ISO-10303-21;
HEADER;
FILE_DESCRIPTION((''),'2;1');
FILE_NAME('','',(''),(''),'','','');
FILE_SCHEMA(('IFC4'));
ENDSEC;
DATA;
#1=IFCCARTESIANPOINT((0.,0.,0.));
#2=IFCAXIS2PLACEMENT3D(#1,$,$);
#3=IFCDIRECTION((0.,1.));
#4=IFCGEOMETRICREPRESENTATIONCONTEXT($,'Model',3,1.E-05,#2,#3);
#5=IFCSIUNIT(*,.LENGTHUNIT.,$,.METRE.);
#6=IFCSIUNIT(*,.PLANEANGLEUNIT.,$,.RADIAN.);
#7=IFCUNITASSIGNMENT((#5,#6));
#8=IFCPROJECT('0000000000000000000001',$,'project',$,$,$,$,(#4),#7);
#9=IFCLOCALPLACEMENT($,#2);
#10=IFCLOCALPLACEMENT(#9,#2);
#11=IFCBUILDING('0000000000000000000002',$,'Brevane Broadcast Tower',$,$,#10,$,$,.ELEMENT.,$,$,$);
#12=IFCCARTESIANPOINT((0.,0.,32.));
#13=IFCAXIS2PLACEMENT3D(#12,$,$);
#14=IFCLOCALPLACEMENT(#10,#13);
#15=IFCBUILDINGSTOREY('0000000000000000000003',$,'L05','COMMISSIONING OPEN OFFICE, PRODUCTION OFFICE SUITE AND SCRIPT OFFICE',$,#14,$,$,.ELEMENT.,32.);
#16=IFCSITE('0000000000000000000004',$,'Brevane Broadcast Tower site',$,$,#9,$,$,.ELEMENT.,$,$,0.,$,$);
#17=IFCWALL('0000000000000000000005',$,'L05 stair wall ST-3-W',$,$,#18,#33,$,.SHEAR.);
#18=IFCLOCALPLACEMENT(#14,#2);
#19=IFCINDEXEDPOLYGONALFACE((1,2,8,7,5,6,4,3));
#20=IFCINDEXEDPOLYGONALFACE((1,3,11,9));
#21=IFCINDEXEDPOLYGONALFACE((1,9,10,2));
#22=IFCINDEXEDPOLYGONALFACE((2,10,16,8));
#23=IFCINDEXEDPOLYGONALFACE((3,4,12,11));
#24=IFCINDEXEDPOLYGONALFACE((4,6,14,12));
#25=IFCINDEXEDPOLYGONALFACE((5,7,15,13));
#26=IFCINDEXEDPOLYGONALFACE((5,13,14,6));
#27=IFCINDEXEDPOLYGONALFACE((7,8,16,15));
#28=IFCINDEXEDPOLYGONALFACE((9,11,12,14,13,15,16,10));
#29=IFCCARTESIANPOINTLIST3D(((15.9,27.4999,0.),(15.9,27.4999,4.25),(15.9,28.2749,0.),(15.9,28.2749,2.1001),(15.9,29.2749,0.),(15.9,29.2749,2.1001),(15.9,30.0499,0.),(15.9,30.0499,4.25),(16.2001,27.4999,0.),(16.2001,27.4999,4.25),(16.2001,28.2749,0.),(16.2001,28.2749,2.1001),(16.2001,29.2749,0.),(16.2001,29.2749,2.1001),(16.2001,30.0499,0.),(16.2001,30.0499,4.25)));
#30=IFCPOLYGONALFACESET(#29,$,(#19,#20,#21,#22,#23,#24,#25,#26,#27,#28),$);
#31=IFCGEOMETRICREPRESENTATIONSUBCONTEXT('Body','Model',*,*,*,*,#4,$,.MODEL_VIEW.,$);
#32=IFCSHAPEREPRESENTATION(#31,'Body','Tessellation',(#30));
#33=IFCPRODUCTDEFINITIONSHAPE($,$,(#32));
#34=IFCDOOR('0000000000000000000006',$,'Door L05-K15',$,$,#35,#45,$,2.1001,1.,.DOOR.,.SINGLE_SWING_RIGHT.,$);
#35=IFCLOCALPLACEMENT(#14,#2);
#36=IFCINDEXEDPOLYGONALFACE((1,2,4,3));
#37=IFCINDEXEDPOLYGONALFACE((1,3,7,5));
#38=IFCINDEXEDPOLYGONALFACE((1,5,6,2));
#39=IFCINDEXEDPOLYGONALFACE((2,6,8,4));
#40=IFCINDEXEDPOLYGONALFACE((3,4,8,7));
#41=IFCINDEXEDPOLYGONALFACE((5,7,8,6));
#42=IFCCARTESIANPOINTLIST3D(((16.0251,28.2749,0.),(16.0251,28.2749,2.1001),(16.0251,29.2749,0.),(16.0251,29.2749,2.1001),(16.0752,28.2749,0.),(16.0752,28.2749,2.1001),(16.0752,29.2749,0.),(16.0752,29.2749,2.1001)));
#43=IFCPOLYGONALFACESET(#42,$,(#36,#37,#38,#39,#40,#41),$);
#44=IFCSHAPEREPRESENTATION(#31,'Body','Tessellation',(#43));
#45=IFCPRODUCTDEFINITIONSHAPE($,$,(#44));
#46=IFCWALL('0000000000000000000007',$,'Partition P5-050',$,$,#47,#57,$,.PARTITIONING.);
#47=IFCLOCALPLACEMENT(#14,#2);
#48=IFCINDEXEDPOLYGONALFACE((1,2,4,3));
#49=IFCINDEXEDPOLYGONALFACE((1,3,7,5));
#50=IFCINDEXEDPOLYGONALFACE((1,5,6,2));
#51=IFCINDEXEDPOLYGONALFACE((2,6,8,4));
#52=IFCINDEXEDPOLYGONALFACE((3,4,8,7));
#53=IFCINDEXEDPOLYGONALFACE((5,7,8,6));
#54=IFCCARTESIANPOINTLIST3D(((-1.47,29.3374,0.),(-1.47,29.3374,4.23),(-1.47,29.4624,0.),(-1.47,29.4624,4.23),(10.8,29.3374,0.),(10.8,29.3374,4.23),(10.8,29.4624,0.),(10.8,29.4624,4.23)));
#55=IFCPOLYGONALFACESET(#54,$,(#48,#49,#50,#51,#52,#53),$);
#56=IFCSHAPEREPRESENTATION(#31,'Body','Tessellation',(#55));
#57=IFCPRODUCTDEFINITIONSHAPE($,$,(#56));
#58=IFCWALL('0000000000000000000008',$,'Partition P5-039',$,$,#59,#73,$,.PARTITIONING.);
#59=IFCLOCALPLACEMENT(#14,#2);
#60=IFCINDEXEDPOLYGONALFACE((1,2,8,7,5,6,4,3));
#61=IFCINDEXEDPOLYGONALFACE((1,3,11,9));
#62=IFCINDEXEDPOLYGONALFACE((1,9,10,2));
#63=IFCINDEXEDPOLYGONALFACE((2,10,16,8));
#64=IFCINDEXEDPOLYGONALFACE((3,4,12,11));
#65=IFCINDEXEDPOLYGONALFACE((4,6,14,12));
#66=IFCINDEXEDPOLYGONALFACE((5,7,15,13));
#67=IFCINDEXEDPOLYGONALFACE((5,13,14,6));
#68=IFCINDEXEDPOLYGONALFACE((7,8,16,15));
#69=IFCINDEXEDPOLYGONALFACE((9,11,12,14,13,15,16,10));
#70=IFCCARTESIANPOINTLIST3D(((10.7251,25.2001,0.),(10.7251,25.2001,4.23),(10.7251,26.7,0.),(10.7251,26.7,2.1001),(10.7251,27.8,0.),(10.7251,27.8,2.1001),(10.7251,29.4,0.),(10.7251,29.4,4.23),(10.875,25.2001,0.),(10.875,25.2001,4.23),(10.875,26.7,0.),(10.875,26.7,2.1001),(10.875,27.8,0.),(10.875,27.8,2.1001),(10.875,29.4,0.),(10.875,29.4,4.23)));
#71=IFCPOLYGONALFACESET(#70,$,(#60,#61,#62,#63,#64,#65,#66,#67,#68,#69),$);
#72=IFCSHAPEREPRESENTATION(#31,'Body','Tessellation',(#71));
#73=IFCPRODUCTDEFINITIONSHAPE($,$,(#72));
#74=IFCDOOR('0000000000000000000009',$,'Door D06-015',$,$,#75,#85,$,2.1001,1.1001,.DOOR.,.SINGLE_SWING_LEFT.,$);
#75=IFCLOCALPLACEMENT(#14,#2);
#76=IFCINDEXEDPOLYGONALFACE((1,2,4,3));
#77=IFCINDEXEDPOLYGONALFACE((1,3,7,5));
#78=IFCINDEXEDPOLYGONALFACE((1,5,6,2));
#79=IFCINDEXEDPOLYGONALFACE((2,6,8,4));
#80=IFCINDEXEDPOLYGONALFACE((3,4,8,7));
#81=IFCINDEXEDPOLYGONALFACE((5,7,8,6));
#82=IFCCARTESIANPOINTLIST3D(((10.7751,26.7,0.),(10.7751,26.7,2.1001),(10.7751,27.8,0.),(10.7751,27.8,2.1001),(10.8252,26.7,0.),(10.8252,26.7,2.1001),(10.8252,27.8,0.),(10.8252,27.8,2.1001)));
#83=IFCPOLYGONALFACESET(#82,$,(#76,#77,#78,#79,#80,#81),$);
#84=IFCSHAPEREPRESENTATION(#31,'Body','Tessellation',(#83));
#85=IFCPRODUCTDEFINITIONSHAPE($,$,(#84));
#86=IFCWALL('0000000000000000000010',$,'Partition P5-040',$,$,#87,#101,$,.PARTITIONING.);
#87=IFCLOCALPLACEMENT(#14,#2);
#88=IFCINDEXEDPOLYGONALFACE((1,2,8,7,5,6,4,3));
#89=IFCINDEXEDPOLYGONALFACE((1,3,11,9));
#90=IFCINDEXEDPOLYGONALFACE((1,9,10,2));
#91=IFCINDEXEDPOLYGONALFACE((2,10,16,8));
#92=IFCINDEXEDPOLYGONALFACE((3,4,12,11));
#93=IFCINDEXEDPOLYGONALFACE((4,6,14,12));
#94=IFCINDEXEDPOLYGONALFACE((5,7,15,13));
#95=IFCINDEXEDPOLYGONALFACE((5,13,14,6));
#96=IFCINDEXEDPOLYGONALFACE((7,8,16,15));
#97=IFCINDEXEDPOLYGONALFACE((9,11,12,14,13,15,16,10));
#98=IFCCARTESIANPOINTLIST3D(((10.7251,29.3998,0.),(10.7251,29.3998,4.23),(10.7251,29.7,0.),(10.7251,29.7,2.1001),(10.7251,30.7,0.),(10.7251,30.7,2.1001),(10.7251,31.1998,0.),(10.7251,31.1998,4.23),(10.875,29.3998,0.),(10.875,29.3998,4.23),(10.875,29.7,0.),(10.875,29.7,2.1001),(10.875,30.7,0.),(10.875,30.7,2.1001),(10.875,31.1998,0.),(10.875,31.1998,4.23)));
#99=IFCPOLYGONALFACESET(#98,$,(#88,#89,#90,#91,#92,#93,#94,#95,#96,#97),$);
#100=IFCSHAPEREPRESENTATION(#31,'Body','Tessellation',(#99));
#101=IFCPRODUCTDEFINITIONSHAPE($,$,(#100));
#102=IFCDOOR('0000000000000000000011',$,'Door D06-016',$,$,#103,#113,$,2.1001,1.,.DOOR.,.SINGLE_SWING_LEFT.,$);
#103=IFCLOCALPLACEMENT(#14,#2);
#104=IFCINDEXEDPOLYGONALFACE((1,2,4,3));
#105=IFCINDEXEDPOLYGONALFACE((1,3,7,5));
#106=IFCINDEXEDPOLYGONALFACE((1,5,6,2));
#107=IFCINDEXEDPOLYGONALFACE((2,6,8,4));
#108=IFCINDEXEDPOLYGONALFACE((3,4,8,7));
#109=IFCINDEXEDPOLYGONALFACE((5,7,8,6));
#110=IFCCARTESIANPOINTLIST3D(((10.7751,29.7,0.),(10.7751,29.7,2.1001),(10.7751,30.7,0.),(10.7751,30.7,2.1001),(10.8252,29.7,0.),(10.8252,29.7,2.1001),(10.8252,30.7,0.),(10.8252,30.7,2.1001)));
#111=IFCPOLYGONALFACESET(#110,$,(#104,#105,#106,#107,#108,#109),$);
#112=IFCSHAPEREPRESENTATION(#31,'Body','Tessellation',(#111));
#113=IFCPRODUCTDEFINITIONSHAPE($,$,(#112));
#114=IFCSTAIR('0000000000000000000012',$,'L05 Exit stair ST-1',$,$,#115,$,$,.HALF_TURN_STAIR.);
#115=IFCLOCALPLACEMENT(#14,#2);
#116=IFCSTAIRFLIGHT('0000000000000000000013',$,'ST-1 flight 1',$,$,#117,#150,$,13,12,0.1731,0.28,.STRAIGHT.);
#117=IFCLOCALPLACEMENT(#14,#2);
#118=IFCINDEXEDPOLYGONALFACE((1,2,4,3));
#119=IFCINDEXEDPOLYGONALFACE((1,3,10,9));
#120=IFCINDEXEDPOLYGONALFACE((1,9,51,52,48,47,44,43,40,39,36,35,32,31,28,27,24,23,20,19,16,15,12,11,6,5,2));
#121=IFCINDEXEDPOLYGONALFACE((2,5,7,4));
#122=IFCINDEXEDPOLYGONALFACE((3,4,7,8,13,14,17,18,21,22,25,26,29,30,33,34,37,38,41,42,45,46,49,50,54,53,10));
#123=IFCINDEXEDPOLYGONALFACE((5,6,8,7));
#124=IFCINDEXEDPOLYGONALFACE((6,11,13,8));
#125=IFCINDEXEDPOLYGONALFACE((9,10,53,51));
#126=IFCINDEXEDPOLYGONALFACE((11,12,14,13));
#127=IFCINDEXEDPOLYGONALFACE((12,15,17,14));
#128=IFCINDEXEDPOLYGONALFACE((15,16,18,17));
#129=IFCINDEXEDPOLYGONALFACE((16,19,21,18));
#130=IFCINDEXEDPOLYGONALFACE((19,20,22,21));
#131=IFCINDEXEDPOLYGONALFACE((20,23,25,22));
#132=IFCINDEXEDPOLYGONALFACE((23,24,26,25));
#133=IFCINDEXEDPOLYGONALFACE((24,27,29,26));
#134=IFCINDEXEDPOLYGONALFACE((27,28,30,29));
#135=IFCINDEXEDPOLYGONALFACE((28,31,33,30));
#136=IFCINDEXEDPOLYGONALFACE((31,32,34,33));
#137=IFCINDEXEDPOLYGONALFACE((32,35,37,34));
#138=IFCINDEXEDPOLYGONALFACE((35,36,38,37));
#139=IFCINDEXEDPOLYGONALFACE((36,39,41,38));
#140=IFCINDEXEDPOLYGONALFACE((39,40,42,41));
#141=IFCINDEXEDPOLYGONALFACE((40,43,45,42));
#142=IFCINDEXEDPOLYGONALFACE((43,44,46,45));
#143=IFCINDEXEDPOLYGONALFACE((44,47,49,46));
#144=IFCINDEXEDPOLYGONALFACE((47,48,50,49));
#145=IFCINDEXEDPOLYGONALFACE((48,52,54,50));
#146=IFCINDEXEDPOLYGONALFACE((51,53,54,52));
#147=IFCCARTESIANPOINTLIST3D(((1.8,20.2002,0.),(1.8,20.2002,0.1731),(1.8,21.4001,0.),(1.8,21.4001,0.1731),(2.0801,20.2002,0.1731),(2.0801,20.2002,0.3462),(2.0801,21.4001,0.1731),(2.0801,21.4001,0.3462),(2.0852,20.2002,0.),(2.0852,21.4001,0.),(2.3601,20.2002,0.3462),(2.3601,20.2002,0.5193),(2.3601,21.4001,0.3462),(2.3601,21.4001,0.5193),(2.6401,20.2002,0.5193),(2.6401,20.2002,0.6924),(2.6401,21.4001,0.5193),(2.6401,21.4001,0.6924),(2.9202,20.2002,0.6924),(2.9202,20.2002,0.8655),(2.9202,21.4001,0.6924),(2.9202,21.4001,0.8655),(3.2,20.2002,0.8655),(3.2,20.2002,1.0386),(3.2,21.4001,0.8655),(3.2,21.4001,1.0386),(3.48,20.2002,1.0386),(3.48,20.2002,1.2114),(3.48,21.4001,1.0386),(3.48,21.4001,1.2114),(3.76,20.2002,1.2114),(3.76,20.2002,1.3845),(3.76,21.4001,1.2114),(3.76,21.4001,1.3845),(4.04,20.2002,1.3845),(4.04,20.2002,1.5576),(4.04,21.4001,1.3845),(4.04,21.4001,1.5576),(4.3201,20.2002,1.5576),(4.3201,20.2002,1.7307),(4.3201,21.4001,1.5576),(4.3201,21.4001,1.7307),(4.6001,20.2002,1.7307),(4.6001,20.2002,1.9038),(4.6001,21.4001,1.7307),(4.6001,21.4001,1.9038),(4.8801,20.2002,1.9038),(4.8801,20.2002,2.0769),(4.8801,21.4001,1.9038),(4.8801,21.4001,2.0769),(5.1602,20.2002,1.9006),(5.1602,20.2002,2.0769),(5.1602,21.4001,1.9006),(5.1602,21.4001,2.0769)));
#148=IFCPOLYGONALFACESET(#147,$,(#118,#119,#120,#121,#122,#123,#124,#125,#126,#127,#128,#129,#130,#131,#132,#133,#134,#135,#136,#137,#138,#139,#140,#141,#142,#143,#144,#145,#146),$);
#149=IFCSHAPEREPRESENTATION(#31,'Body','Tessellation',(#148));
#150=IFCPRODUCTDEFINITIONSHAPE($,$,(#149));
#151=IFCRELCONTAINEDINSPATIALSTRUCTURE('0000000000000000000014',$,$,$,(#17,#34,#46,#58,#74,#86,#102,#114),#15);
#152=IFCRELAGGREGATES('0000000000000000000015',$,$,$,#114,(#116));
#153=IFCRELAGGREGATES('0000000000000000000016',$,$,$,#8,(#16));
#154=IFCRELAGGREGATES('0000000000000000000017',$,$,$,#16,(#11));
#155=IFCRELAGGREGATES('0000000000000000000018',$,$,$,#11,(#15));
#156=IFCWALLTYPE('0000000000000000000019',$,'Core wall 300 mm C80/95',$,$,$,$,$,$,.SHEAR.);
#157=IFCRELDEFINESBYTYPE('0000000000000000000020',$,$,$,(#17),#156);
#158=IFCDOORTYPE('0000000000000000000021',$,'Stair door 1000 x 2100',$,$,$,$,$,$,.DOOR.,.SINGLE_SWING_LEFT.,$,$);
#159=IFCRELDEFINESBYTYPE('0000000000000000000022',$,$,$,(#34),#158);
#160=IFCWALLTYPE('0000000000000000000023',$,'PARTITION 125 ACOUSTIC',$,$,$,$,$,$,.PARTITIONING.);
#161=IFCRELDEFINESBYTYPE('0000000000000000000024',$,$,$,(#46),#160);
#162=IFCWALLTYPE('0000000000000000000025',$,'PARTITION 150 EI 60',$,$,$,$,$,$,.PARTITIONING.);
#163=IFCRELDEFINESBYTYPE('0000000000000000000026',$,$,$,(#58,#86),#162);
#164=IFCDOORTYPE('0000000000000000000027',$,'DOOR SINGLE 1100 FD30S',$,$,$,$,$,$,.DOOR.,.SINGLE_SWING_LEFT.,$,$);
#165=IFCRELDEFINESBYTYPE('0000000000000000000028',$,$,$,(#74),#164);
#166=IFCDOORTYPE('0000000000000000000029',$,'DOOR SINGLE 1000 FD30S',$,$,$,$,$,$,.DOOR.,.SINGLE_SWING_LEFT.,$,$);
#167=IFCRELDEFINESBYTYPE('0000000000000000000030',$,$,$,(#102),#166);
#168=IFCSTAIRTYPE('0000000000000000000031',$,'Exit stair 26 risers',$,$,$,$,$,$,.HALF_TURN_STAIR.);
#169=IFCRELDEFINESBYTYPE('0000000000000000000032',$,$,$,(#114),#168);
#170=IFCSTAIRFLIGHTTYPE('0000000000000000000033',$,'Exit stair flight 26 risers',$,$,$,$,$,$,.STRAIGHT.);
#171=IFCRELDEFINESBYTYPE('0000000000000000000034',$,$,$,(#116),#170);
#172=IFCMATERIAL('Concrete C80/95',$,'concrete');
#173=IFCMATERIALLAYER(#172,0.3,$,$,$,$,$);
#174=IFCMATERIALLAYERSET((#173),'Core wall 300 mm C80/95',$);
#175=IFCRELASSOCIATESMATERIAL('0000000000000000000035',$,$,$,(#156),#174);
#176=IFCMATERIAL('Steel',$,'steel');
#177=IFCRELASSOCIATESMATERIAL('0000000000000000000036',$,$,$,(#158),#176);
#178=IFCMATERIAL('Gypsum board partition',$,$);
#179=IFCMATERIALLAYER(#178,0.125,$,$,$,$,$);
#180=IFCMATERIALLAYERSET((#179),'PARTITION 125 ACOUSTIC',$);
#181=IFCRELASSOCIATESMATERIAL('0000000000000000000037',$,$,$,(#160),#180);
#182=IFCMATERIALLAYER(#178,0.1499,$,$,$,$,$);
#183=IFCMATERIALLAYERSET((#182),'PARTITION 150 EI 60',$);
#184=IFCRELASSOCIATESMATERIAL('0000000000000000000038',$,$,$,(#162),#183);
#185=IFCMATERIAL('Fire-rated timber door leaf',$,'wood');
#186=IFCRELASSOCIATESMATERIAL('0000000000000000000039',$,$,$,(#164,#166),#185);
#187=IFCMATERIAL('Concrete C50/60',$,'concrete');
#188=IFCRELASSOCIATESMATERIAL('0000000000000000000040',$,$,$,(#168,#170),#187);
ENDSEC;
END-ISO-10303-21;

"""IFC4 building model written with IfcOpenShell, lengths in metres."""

from ifc_helpers import new_model, si_unit, direction, frame, frame_2d, origin, place, context, subcontext, project, spatial, polyline, rectangle, outline, extrude, material, layer, layer_set, type_object, element, fill, aggregate, save


model = new_model("IFC4")

# Units and contexts
model_context = context("Model", 3, precision=1e-05, world=origin(), true_north=direction((0.0, 1.0)))
body_context = subcontext(model_context, "Body", "Model", "MODEL_VIEW")
ifc_project = project(units=[si_unit("LENGTHUNIT", "METRE"), si_unit("PLANEANGLEUNIT", "RADIAN")], contexts=[model_context])

# Site, building, storey
site_placement = place(None, origin())
site = spatial("IfcSite", under=ifc_project, at=site_placement, Name="Brevane Broadcast Tower site", CompositionType="ELEMENT", RefElevation=0.0)
building_placement = place(site_placement, origin())
building = spatial("IfcBuilding", under=site, at=building_placement, Name="Brevane Broadcast Tower", CompositionType="ELEMENT")
storey_placement = place(building_placement, frame((0.0, 0.0, 32.0)))
storey = spatial("IfcBuildingStorey", under=building, at=storey_placement, Name="L05", Description="COMMISSIONING OPEN OFFICE, PRODUCTION OFFICE SUITE AND SCRIPT OFFICE", CompositionType="ELEMENT", Elevation=32.0)

# Shared definitions
ifc_material_1 = material(Name="Concrete C80/95", Category="concrete")

# Shared definitions
ifc_layer_1 = layer(ifc_material_1, 0.3)
ifc_layer_set_1 = layer_set([ifc_layer_1], Name="Core wall 300 mm C80/95")
wall_type_1 = type_object("IfcWallType", Name="Core wall 300 mm C80/95", PredefinedType="SHEAR", material=ifc_layer_set_1)
ifc_material_2 = material(Name="Steel", Category="steel")
door_type_1 = type_object("IfcDoorType", Name="Stair door 1000 x 2100", OperationType="SINGLE_SWING_LEFT", PredefinedType="DOOR", material=ifc_material_2)

# Wall, opening, door
wall_1_placement = place(storey_placement, frame((16.05, 27.5, 0.0), z_axis=(0.0, 0.0, 1.0), x_axis=(0.0, 1.0, 0.0)))
wall_1 = element("IfcWall", 1, at=wall_1_placement, inside=storey, type_object=wall_type_1, Name="L05 stair wall ST-3-W", PredefinedType="SHEAR", context=body_context, shape_type="SweptSolid", body=[
    extrude(rectangle(XDim=2.55, YDim=0.3, at=frame_2d((1.2749, 0.0))), origin(), (0.0, 0.0, 1.0), 4.25),
])
opening_1_placement = place(wall_1_placement, frame((0.7749, 0.0, 0.0)))
opening_1 = element("IfcOpeningElement", 2, at=opening_1_placement, cuts=wall_1, PredefinedType="OPENING", context=body_context, shape_type="SweptSolid", body=[
    extrude(rectangle(XDim=1.0, YDim=2.1001, at=frame_2d((0.5, 1.05))), frame((0.0, 0.1599, 0.0), z_axis=(0.0, -1.0, 0.0), x_axis=(1.0, 0.0, 0.0)), (0.0, 0.0, 1.0), 0.3201),
])
door_1_placement = place(opening_1_placement, origin())
door_1 = element("IfcDoor", 3, at=door_1_placement, inside=storey, type_object=door_type_1, Name="Door L05-K15", OperationType="SINGLE_SWING_RIGHT", OverallHeight=2.1001, OverallWidth=1.0, PredefinedType="DOOR", context=body_context, shape_type="SweptSolid", body=[
    extrude(rectangle(XDim=1.0, YDim=2.1001, at=frame_2d((0.5, 1.05))), frame((0.0, 0.0249, 0.0), z_axis=(0.0, -1.0, 0.0), x_axis=(1.0, 0.0, 0.0)), (0.0, 0.0, 1.0), 0.05),
])
fill(opening_1, door_1)

# Wall
ifc_material_3 = material(Name="Gypsum board partition")
ifc_layer_2 = layer(ifc_material_3, 0.125)
ifc_layer_set_2 = layer_set([ifc_layer_2], Name="PARTITION 125 ACOUSTIC")
wall_type_2 = type_object("IfcWallType", Name="PARTITION 125 ACOUSTIC", PredefinedType="PARTITIONING", material=ifc_layer_set_2)
wall_2_placement = place(storey_placement, frame((-1.47, 29.3999, 0.0), z_axis=(0.0, 0.0, 1.0), x_axis=(1.0, 0.0, 0.0)))
element("IfcWall", 4, at=wall_2_placement, inside=storey, type_object=wall_type_2, Name="Partition P5-050", PredefinedType="PARTITIONING", context=body_context, shape_type="SweptSolid", body=[
    extrude(rectangle(XDim=12.27, YDim=0.125, at=frame_2d((6.135, 0.0))), origin(), (0.0, 0.0, 1.0), 4.23),
])

# Walls, openings, doors
ifc_layer_3 = layer(ifc_material_3, 0.1499)
ifc_layer_set_3 = layer_set([ifc_layer_3], Name="PARTITION 150 EI 60")
wall_type_3 = type_object("IfcWallType", Name="PARTITION 150 EI 60", PredefinedType="PARTITIONING", material=ifc_layer_set_3)
wall_3_placement = place(storey_placement, frame((10.8, 25.2, 0.0), z_axis=(0.0, 0.0, 1.0), x_axis=(0.0, 1.0, 0.0)))
wall_3 = element("IfcWall", 5, at=wall_3_placement, inside=storey, type_object=wall_type_3, Name="Partition P5-039", PredefinedType="PARTITIONING", context=body_context, shape_type="SweptSolid", body=[
    extrude(rectangle(XDim=4.2, YDim=0.1499, at=frame_2d((2.1001, 0.0))), origin(), (0.0, 0.0, 1.0), 4.23),
])
opening_2_placement = place(wall_3_placement, frame((1.5, 0.0, 0.0)))
opening_2 = element("IfcOpeningElement", 6, at=opening_2_placement, cuts=wall_3, PredefinedType="OPENING", context=body_context, shape_type="SweptSolid", body=[
    extrude(rectangle(XDim=1.1001, YDim=2.1001, at=frame_2d((0.55, 1.05))), frame((0.0, 0.085, 0.0), z_axis=(0.0, -1.0, 0.0), x_axis=(1.0, 0.0, 0.0)), (0.0, 0.0, 1.0), 0.1699),
])
ifc_material_4 = material(Name="Fire-rated timber door leaf", Category="wood")
door_type_2 = type_object("IfcDoorType", Name="DOOR SINGLE 1100 FD30S", OperationType="SINGLE_SWING_LEFT", PredefinedType="DOOR", material=ifc_material_4)
door_2_placement = place(opening_2_placement, origin())
door_2 = element("IfcDoor", 7, at=door_2_placement, inside=storey, type_object=door_type_2, Name="Door D06-015", OperationType="SINGLE_SWING_LEFT", OverallHeight=2.1001, OverallWidth=1.1001, PredefinedType="DOOR", context=body_context, shape_type="SweptSolid", body=[
    extrude(rectangle(XDim=1.1001, YDim=2.1001, at=frame_2d((0.55, 1.05))), frame((0.0, 0.0249, 0.0), z_axis=(0.0, -1.0, 0.0), x_axis=(1.0, 0.0, 0.0)), (0.0, 0.0, 1.0), 0.05),
])
fill(opening_2, door_2)
wall_4_placement = place(storey_placement, frame((10.8, 29.3999, 0.0), z_axis=(0.0, 0.0, 1.0), x_axis=(0.0, 1.0, 0.0)))
wall_4 = element("IfcWall", 8, at=wall_4_placement, inside=storey, type_object=wall_type_3, Name="Partition P5-040", PredefinedType="PARTITIONING", context=body_context, shape_type="SweptSolid", body=[
    extrude(rectangle(XDim=1.8, YDim=0.1499, at=frame_2d((0.8999, 0.0))), origin(), (0.0, 0.0, 1.0), 4.23),
])
opening_3_placement = place(wall_4_placement, frame((0.3, 0.0, 0.0)))
opening_3 = element("IfcOpeningElement", 9, at=opening_3_placement, cuts=wall_4, PredefinedType="OPENING", context=body_context, shape_type="SweptSolid", body=[
    extrude(rectangle(XDim=1.0, YDim=2.1001, at=frame_2d((0.5, 1.05))), frame((0.0, 0.085, 0.0), z_axis=(0.0, -1.0, 0.0), x_axis=(1.0, 0.0, 0.0)), (0.0, 0.0, 1.0), 0.1699),
])
door_type_3 = type_object("IfcDoorType", Name="DOOR SINGLE 1000 FD30S", OperationType="SINGLE_SWING_LEFT", PredefinedType="DOOR", material=ifc_material_4)
door_3_placement = place(opening_3_placement, origin())
door_3 = element("IfcDoor", 10, at=door_3_placement, inside=storey, type_object=door_type_3, Name="Door D06-016", OperationType="SINGLE_SWING_LEFT", OverallHeight=2.1001, OverallWidth=1.0, PredefinedType="DOOR", context=body_context, shape_type="SweptSolid", body=[
    extrude(rectangle(XDim=1.0, YDim=2.1001, at=frame_2d((0.5, 1.05))), frame((0.0, 0.0249, 0.0), z_axis=(0.0, -1.0, 0.0), x_axis=(1.0, 0.0, 0.0)), (0.0, 0.0, 1.0), 0.05),
])
fill(opening_3, door_3)

# Stair, stair flight
ifc_material_5 = material(Name="Concrete C50/60", Category="concrete")
stair_type = type_object("IfcStairType", Name="Exit stair 26 risers", PredefinedType="HALF_TURN_STAIR", material=ifc_material_5)
stair_placement = place(storey_placement, origin())
stair = element("IfcStair", 11, at=stair_placement, inside=storey, type_object=stair_type, Name="L05 Exit stair ST-1", PredefinedType="HALF_TURN_STAIR")
stair_flight_type = type_object("IfcStairFlightType", Name="Exit stair flight 26 risers", PredefinedType="STRAIGHT", material=ifc_material_5)
stair_flight_1_placement = place(storey_placement, frame((1.8, 20.8, 0.0), z_axis=(0.0, 0.0, 1.0), x_axis=(1.0, 0.0, 0.0)))
stair_flight_1 = element("IfcStairFlight", 12, at=stair_flight_1_placement, type_object=stair_flight_type, Name="ST-1 flight 1", NumberOfRisers=13, NumberOfTreads=12, PredefinedType="STRAIGHT", RiserHeight=0.1731, TreadLength=0.28, context=body_context, shape_type="SweptSolid", body=[
    extrude(outline(polyline([(0.0, 0.0), (0.0, 0.1731), (0.28, 0.1731), (0.28, 0.3462), (0.5601, 0.3462), (0.5601, 0.5193), (0.8401, 0.5193), (0.8401, 0.6924), (1.1201, 0.6924), (1.1201, 0.8655), (1.3999, 0.8655), (1.3999, 1.0386), (1.6799, 1.0386), (1.6799, 1.2114), (1.96, 1.2114), (1.96, 1.3845), (2.24, 1.3845), (2.24, 1.5576), (2.52, 1.5576), (2.52, 1.7307), (2.8, 1.7307), (2.8, 1.9038), (3.0801, 1.9038), (3.0801, 2.0769), (3.3601, 2.0769), (3.3601, 2.25), (3.3601, 1.9006), (0.2852, 0.0), (0.0, 0.0)])), frame((0.0, 0.6001, 0.0), z_axis=(0.0, -1.0, 0.0), x_axis=(1.0, 0.0, 0.0)), (0.0, 0.0, 1.0), 1.2),
])
aggregate(stair, [stair_flight_1])

save(model, "model.ifc")
